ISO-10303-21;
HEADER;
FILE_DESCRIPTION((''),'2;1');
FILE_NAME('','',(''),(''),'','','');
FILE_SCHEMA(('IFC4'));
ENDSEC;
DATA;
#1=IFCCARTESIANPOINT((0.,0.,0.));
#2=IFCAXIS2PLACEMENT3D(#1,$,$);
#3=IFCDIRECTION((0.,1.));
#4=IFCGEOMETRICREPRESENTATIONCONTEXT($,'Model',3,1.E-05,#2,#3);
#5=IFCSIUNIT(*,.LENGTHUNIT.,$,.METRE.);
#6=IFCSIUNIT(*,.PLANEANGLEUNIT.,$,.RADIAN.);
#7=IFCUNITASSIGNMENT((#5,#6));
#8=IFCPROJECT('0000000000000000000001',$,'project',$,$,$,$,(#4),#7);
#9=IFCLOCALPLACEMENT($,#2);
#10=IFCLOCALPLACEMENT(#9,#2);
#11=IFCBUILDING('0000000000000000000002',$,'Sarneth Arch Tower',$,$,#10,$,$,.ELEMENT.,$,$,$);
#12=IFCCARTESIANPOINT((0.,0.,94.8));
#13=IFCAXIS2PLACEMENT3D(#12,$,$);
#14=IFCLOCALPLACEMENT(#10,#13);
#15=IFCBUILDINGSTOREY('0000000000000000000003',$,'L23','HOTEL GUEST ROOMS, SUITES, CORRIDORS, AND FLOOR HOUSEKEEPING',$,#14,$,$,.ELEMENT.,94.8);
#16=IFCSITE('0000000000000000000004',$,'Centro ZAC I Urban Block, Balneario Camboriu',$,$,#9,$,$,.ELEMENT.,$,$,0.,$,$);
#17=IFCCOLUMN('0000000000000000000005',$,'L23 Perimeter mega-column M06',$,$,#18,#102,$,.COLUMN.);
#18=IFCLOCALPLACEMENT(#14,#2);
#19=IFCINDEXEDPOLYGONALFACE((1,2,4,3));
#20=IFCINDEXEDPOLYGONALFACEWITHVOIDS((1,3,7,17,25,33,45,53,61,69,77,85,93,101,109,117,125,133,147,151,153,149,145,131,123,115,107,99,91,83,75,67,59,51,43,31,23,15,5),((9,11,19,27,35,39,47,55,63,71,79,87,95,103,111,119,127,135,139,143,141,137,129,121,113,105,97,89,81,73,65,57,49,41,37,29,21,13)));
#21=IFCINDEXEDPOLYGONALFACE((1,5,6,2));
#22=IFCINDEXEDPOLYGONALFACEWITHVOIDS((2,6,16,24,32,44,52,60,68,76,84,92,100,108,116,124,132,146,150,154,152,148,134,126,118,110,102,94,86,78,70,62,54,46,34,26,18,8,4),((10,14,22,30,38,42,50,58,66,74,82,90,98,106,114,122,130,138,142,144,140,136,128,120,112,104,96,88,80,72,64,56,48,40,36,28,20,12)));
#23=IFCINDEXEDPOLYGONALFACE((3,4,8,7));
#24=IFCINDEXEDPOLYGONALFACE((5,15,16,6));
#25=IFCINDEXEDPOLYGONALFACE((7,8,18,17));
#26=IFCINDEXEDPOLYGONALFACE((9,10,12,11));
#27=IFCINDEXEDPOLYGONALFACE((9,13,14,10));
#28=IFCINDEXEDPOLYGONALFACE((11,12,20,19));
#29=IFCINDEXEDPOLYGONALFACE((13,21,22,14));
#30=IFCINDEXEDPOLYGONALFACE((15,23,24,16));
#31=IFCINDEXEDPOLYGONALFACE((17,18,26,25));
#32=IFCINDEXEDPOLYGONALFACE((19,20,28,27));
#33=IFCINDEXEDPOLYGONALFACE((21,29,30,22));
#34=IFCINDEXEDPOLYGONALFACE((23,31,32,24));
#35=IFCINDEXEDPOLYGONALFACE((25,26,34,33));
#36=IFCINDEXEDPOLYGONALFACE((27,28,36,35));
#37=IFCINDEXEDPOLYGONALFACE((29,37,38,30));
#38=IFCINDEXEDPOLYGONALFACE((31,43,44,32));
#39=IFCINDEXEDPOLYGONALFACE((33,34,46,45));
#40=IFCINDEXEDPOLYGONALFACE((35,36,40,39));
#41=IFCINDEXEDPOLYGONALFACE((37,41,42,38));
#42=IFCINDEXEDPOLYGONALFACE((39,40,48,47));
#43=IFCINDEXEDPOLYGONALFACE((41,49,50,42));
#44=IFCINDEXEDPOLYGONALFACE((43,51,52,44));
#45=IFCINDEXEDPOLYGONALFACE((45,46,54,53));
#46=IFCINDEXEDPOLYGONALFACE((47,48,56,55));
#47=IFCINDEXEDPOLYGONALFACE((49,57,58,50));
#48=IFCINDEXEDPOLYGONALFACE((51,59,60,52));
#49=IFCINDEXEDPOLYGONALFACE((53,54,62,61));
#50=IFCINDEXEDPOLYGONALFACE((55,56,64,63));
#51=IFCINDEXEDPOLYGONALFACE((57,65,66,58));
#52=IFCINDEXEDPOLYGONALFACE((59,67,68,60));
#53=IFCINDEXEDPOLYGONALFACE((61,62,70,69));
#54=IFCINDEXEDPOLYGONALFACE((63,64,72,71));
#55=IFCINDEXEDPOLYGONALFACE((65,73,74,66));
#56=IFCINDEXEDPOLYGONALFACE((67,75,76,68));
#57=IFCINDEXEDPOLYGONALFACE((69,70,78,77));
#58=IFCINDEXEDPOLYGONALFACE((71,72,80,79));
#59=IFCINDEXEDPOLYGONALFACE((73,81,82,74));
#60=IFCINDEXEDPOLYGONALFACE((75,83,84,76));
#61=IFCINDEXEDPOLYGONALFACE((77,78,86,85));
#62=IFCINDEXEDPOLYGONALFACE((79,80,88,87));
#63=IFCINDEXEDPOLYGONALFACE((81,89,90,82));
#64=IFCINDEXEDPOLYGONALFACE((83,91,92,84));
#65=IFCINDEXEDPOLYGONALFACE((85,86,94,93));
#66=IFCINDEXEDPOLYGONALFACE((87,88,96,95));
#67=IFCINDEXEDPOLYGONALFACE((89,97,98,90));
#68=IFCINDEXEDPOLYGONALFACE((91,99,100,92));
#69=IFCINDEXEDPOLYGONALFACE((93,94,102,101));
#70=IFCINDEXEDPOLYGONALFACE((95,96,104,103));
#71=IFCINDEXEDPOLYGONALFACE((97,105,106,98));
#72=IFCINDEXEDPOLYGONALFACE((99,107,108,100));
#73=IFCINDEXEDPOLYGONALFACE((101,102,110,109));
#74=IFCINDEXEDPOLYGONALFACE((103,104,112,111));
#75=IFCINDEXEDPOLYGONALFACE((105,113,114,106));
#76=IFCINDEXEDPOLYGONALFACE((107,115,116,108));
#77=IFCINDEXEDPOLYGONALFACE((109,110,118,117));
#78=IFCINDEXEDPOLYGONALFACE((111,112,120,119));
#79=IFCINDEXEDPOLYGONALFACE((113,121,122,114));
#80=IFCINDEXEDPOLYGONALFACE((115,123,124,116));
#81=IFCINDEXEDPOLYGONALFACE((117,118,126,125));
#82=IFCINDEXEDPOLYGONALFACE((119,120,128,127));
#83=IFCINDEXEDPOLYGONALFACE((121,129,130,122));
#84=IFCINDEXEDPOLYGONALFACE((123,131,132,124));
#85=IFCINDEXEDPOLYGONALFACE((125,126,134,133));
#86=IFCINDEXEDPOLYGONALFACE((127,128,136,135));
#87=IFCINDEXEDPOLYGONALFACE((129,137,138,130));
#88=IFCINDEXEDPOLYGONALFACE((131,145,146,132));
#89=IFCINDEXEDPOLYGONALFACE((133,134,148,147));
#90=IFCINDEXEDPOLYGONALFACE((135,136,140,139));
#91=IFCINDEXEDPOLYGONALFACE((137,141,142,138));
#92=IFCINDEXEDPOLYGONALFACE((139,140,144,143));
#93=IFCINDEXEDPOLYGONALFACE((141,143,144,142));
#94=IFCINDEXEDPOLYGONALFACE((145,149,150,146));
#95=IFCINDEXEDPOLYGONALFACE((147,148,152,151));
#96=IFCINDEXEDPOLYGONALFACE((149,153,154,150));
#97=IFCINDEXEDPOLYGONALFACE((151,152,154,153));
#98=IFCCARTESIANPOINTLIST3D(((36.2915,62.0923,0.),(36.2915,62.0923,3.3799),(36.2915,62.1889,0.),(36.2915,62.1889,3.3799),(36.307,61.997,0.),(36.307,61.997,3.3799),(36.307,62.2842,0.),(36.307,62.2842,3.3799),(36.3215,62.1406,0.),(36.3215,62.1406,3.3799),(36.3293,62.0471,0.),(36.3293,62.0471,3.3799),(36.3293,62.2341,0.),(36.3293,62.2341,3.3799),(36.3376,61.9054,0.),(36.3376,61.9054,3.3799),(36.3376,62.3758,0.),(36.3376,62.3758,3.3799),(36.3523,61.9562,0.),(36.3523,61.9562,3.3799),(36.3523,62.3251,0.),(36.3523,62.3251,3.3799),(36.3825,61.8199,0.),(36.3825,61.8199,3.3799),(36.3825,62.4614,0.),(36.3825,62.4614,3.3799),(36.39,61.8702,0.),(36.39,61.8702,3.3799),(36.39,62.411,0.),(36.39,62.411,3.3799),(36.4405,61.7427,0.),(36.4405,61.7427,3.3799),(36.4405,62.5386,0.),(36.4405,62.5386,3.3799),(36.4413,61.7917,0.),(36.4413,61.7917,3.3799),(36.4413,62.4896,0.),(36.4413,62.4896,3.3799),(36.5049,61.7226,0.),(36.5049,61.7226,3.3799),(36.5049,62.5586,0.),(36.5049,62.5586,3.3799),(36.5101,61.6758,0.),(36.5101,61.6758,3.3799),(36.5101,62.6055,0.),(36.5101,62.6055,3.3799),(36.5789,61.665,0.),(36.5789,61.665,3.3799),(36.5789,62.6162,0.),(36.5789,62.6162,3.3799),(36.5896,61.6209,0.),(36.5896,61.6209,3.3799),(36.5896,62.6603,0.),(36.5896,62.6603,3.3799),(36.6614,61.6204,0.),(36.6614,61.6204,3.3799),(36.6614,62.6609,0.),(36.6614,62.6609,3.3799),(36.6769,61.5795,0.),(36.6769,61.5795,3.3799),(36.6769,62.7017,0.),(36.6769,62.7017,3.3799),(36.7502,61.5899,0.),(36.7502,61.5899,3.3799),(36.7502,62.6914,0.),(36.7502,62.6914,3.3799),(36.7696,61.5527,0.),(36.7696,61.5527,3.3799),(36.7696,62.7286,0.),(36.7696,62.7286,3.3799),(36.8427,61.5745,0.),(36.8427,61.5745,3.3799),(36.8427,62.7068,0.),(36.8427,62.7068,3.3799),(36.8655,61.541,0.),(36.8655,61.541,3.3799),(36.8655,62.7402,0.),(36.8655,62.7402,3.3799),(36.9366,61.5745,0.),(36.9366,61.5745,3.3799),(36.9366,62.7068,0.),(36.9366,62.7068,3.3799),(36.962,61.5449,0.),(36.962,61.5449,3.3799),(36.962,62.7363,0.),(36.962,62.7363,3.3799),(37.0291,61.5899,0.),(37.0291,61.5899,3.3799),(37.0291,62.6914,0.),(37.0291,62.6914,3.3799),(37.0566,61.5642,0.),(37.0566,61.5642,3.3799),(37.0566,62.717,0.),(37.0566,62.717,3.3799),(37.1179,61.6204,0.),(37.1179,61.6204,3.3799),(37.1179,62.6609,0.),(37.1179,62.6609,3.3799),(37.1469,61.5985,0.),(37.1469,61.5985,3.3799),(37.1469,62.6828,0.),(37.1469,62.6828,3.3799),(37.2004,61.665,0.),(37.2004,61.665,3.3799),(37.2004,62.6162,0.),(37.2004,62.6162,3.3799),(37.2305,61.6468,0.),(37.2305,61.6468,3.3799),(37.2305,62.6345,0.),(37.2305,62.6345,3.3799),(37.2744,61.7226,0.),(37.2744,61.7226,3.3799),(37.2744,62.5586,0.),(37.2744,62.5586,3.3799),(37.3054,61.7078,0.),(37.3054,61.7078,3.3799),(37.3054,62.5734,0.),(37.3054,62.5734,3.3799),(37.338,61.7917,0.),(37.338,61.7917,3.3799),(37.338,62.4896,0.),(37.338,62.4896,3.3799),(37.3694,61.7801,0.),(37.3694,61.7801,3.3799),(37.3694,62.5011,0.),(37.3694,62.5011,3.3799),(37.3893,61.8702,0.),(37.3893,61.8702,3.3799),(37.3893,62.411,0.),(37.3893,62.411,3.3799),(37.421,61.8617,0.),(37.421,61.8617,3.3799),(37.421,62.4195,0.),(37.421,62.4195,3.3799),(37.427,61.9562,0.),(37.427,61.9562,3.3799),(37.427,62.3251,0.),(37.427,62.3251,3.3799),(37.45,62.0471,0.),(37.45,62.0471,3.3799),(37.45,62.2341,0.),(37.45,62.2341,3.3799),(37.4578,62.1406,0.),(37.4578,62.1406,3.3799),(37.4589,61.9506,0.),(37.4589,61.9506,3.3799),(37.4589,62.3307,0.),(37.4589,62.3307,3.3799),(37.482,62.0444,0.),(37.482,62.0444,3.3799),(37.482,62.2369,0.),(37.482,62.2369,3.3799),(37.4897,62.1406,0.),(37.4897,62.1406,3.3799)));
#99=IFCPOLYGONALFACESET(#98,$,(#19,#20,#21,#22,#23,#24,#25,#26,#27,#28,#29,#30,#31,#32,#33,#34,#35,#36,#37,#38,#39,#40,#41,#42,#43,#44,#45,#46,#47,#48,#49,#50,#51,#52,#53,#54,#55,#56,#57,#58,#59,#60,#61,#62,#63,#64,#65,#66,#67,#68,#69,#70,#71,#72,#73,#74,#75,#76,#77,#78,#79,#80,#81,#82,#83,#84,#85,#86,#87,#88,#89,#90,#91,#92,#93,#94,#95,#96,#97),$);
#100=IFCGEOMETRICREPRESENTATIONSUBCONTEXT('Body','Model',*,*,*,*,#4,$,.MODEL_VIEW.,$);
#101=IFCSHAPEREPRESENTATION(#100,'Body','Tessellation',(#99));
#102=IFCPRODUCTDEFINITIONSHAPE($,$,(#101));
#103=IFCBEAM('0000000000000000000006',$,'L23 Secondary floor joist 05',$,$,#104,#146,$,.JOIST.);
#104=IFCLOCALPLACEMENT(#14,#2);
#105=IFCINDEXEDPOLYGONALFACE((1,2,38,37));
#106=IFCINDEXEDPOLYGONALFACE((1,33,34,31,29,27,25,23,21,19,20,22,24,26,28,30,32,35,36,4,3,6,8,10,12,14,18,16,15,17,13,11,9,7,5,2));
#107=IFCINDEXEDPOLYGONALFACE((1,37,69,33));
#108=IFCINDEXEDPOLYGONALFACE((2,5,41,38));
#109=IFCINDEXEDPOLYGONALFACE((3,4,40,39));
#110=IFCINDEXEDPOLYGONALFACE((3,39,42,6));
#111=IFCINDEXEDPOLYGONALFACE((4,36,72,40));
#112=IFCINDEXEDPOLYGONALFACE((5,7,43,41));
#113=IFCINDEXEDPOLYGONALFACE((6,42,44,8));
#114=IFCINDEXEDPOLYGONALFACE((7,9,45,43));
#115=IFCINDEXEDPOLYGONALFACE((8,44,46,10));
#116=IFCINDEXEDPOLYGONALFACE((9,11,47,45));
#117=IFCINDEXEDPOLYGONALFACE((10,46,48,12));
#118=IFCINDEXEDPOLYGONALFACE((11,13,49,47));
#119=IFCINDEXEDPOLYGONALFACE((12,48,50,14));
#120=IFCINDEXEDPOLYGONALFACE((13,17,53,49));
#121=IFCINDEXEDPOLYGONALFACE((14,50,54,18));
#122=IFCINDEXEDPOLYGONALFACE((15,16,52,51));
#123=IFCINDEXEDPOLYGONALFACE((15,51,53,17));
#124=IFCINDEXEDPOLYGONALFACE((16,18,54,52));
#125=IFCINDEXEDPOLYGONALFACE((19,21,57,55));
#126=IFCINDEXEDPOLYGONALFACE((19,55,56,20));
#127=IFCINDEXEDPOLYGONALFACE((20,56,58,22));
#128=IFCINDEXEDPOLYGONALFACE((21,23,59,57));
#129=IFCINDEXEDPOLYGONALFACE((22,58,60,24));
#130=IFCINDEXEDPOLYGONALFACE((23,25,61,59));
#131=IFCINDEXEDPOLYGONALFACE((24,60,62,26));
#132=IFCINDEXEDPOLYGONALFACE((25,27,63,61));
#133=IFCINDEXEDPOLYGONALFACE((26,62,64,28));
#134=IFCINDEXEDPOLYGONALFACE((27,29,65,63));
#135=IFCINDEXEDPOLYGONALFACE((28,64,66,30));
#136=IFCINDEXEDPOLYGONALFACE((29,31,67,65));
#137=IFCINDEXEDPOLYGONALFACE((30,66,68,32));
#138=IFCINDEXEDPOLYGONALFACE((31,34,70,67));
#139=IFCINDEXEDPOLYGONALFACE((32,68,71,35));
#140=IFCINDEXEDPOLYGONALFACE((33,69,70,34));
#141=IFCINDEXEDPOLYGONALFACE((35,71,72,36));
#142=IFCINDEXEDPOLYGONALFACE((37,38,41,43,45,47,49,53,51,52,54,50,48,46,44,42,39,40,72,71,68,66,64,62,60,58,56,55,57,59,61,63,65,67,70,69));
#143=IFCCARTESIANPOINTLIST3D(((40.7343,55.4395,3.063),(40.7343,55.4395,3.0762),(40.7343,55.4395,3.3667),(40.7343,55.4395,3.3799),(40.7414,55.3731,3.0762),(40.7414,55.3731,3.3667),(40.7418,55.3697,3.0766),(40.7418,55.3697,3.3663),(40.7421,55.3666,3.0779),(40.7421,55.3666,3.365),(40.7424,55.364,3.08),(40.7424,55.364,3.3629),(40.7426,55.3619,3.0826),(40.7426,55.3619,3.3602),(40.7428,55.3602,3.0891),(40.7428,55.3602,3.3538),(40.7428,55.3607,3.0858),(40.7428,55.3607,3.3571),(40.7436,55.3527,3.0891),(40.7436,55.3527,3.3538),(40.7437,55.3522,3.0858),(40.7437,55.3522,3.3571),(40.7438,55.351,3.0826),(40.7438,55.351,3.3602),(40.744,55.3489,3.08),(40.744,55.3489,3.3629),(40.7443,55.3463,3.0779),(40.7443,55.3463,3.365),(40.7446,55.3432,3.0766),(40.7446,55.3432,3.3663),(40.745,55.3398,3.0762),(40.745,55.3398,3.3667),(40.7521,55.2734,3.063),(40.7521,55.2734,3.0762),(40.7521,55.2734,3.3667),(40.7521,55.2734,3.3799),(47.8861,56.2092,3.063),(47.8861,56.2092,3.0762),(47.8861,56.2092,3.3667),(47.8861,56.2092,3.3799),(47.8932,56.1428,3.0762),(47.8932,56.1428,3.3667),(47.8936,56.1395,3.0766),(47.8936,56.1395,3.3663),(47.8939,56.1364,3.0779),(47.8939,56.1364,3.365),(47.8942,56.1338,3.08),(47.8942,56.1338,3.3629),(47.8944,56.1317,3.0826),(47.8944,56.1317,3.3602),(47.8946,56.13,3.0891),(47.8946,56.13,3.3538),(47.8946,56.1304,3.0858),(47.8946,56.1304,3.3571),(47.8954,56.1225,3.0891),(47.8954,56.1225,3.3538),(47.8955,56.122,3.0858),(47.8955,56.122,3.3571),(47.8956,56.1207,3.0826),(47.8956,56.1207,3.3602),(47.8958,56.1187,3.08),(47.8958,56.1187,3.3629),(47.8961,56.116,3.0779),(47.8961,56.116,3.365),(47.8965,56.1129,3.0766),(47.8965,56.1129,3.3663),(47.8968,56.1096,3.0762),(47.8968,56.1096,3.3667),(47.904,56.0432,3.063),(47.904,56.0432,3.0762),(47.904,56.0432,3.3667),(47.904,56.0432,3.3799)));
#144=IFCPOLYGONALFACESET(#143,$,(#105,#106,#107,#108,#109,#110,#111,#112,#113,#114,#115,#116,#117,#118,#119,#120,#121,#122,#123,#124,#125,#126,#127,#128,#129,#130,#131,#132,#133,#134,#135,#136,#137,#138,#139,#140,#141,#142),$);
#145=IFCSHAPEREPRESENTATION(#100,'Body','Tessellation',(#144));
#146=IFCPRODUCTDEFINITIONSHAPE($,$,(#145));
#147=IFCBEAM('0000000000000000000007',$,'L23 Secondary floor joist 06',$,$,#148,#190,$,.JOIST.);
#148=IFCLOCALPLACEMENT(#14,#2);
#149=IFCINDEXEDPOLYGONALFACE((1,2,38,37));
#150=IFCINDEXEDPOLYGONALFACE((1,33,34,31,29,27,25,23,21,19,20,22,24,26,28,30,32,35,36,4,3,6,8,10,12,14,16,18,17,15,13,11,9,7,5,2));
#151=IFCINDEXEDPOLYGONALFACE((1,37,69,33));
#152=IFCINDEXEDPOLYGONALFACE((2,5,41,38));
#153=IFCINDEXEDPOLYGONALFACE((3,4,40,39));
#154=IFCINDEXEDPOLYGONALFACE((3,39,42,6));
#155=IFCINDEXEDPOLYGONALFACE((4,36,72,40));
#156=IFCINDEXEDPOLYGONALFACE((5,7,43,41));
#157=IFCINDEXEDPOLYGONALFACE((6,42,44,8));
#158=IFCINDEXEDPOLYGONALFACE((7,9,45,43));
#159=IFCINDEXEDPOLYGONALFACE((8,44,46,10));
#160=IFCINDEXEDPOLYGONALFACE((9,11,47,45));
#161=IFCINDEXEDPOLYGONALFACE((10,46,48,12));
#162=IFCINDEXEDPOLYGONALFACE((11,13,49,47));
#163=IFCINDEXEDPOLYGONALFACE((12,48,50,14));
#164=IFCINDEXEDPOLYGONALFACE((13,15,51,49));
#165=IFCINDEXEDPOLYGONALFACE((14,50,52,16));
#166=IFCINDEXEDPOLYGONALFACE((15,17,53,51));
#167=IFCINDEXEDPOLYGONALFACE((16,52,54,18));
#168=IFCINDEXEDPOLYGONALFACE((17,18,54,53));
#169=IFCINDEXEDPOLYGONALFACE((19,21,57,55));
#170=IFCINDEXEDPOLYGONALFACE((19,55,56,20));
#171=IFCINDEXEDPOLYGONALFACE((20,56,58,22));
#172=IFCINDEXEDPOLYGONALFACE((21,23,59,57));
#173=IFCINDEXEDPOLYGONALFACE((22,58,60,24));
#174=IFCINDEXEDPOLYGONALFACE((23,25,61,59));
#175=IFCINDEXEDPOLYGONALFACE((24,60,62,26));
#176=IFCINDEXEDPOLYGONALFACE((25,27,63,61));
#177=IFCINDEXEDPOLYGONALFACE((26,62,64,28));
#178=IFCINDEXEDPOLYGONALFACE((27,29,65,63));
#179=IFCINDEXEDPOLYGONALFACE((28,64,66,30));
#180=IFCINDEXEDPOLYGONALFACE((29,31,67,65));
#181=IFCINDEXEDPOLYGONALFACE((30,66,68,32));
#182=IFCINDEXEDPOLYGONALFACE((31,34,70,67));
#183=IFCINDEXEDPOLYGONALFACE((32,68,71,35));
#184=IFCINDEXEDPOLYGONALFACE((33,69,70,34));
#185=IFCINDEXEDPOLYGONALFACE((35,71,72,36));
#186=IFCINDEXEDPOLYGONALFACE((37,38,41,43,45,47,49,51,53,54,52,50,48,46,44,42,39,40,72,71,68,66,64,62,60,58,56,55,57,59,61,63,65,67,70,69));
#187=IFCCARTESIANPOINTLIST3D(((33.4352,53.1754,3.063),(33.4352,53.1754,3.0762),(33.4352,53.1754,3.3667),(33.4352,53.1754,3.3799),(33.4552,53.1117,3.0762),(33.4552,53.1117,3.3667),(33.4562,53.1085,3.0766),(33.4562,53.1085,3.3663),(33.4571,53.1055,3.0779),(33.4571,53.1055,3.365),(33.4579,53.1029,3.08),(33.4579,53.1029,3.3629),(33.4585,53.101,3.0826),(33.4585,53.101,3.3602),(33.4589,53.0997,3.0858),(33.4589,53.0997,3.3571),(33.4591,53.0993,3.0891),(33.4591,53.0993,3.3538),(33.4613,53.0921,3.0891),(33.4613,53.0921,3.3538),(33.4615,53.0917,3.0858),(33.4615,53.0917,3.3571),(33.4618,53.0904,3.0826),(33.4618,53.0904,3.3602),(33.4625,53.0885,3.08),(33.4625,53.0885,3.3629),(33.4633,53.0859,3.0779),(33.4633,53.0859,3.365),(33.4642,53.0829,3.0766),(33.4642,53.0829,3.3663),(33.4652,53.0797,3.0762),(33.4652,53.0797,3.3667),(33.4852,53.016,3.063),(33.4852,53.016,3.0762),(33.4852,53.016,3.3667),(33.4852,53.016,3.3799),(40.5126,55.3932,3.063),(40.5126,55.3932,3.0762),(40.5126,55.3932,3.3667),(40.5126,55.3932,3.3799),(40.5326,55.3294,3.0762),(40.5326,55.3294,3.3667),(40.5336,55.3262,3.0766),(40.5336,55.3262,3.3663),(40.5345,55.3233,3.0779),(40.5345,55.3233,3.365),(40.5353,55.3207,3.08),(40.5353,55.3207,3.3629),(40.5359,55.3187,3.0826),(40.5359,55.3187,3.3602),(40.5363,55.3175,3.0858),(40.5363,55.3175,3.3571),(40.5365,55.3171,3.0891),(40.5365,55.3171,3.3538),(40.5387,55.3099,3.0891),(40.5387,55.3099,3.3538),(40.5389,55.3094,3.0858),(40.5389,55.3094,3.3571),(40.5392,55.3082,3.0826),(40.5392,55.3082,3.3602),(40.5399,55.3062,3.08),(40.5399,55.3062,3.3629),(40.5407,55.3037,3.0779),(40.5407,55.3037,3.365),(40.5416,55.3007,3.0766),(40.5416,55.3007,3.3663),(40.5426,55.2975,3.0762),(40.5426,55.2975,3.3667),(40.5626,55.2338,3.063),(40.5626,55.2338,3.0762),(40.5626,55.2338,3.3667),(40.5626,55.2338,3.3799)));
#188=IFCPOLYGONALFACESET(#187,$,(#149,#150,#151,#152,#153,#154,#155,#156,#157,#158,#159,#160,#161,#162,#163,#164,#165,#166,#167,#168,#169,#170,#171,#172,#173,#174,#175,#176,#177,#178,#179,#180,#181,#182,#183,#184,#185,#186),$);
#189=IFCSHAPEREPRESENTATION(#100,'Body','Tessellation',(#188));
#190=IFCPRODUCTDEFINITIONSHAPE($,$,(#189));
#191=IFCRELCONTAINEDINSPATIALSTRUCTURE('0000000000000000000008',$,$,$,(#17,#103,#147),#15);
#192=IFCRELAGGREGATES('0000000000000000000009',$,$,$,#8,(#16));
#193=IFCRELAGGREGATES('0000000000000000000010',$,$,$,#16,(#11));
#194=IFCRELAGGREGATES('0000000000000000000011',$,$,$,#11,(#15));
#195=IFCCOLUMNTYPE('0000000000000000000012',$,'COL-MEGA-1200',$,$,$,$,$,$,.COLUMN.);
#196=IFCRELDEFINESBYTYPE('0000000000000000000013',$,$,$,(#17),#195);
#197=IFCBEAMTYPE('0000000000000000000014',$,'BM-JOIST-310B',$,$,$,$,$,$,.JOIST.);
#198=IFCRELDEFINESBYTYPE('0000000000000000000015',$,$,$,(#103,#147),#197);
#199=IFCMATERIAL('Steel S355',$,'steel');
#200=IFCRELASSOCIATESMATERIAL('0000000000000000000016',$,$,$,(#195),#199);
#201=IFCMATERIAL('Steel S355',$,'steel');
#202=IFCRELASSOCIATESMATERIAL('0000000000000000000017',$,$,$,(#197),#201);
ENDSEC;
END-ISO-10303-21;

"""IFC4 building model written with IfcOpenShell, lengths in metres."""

from ifc_helpers import new_model, si_unit, direction, frame, origin, origin_2d, place, context, subcontext, project, spatial, hollow_circle, i_section, extrude, material, material_profile, profile_set, type_object, element, save


model = new_model("IFC4")

# Units and contexts
model_context = context("Model", 3, precision=1e-05, world=origin(), true_north=direction((0.0, 1.0)))
body_context = subcontext(model_context, "Body", "Model", "MODEL_VIEW")
ifc_project = project(units=[si_unit("LENGTHUNIT", "METRE"), si_unit("PLANEANGLEUNIT", "RADIAN")], contexts=[model_context])

# Site, building, storey
site_placement = place(None, origin())
site = spatial("IfcSite", under=ifc_project, at=site_placement, Name="Centro ZAC I Urban Block, Balneario Camboriu", CompositionType="ELEMENT", RefElevation=0.0)
building_placement = place(site_placement, origin())
building = spatial("IfcBuilding", under=site, at=building_placement, Name="Sarneth Arch Tower", CompositionType="ELEMENT")
storey_placement = place(building_placement, frame((0.0, 0.0, 94.8)))
storey = spatial("IfcBuildingStorey", under=building, at=storey_placement, Name="L23", Description="HOTEL GUEST ROOMS, SUITES, CORRIDORS, AND FLOOR HOUSEKEEPING", CompositionType="ELEMENT", Elevation=94.8)

# Column
ifc_material_1 = material(Name="Steel S355", Category="steel")
ifc_material_profile_1 = material_profile(ifc_material_1, hollow_circle(Radius=0.6001, WallThickness=0.032, at=origin_2d()), Name="CHS1200x32")
ifc_profile_set_1 = profile_set([ifc_material_profile_1], Name="Steel S355")
column_type = type_object("IfcColumnType", Name="COL-MEGA-1200", PredefinedType="COLUMN", material=ifc_profile_set_1)
column_placement = place(storey_placement, frame((36.8896, 62.1406, 0.0), z_axis=(0.0, 0.0, 1.0), x_axis=(1.0, 0.0, 0.0)))
element("IfcColumn", 1, at=column_placement, inside=storey, type_object=column_type, Name="L23 Perimeter mega-column M06", PredefinedType="COLUMN", context=body_context, shape_type="SweptSolid", body=[
    extrude(hollow_circle(Radius=0.6001, WallThickness=0.032, at=origin_2d()), origin(), (0.0, 0.0, 1.0), 3.3799),
])

# Beams
ifc_material_2 = material(Name="Steel S355", Category="steel")
ifc_material_profile_2 = material_profile(ifc_material_2, i_section(OverallWidth=0.167, OverallDepth=0.3169, WebThickness=0.0076, FlangeThickness=0.0132, FilletRadius=0.0129, at=origin_2d()), Name="W310x52")
ifc_profile_set_2 = profile_set([ifc_material_profile_2], Name="Steel S355")
beam_type_1 = type_object("IfcBeamType", Name="BM-JOIST-310B", PredefinedType="JOIST", material=ifc_profile_set_2)
beam_1_placement = place(storey_placement, frame((47.895, 56.1262, 3.2214), z_axis=(-0.994257, -0.107015, 0.0), x_axis=(0.107015, -0.994257, 0.0)))
element("IfcBeam", 2, at=beam_1_placement, inside=storey, type_object=beam_type_1, Name="L23 Secondary floor joist 05", PredefinedType="JOIST", context=body_context, shape_type="SweptSolid", body=[
    extrude(i_section(OverallWidth=0.167, OverallDepth=0.3169, WebThickness=0.0076, FlangeThickness=0.0132, FilletRadius=0.0129, at=origin_2d()), origin(), (0.0, 0.0, 1.0), 7.1931),
])
beam_2_placement = place(storey_placement, frame((40.5376, 55.3135, 3.2214), z_axis=(-0.954246, -0.299023, 0.0), x_axis=(0.299023, -0.954246, 0.0)))
element("IfcBeam", 3, at=beam_2_placement, inside=storey, type_object=beam_type_1, Name="L23 Secondary floor joist 06", PredefinedType="JOIST", context=body_context, shape_type="SweptSolid", body=[
    extrude(i_section(OverallWidth=0.167, OverallDepth=0.3169, WebThickness=0.0076, FlangeThickness=0.0132, FilletRadius=0.0129, at=origin_2d()), origin(), (0.0, 0.0, 1.0), 7.4167),
])

save(model, "model.ifc")
